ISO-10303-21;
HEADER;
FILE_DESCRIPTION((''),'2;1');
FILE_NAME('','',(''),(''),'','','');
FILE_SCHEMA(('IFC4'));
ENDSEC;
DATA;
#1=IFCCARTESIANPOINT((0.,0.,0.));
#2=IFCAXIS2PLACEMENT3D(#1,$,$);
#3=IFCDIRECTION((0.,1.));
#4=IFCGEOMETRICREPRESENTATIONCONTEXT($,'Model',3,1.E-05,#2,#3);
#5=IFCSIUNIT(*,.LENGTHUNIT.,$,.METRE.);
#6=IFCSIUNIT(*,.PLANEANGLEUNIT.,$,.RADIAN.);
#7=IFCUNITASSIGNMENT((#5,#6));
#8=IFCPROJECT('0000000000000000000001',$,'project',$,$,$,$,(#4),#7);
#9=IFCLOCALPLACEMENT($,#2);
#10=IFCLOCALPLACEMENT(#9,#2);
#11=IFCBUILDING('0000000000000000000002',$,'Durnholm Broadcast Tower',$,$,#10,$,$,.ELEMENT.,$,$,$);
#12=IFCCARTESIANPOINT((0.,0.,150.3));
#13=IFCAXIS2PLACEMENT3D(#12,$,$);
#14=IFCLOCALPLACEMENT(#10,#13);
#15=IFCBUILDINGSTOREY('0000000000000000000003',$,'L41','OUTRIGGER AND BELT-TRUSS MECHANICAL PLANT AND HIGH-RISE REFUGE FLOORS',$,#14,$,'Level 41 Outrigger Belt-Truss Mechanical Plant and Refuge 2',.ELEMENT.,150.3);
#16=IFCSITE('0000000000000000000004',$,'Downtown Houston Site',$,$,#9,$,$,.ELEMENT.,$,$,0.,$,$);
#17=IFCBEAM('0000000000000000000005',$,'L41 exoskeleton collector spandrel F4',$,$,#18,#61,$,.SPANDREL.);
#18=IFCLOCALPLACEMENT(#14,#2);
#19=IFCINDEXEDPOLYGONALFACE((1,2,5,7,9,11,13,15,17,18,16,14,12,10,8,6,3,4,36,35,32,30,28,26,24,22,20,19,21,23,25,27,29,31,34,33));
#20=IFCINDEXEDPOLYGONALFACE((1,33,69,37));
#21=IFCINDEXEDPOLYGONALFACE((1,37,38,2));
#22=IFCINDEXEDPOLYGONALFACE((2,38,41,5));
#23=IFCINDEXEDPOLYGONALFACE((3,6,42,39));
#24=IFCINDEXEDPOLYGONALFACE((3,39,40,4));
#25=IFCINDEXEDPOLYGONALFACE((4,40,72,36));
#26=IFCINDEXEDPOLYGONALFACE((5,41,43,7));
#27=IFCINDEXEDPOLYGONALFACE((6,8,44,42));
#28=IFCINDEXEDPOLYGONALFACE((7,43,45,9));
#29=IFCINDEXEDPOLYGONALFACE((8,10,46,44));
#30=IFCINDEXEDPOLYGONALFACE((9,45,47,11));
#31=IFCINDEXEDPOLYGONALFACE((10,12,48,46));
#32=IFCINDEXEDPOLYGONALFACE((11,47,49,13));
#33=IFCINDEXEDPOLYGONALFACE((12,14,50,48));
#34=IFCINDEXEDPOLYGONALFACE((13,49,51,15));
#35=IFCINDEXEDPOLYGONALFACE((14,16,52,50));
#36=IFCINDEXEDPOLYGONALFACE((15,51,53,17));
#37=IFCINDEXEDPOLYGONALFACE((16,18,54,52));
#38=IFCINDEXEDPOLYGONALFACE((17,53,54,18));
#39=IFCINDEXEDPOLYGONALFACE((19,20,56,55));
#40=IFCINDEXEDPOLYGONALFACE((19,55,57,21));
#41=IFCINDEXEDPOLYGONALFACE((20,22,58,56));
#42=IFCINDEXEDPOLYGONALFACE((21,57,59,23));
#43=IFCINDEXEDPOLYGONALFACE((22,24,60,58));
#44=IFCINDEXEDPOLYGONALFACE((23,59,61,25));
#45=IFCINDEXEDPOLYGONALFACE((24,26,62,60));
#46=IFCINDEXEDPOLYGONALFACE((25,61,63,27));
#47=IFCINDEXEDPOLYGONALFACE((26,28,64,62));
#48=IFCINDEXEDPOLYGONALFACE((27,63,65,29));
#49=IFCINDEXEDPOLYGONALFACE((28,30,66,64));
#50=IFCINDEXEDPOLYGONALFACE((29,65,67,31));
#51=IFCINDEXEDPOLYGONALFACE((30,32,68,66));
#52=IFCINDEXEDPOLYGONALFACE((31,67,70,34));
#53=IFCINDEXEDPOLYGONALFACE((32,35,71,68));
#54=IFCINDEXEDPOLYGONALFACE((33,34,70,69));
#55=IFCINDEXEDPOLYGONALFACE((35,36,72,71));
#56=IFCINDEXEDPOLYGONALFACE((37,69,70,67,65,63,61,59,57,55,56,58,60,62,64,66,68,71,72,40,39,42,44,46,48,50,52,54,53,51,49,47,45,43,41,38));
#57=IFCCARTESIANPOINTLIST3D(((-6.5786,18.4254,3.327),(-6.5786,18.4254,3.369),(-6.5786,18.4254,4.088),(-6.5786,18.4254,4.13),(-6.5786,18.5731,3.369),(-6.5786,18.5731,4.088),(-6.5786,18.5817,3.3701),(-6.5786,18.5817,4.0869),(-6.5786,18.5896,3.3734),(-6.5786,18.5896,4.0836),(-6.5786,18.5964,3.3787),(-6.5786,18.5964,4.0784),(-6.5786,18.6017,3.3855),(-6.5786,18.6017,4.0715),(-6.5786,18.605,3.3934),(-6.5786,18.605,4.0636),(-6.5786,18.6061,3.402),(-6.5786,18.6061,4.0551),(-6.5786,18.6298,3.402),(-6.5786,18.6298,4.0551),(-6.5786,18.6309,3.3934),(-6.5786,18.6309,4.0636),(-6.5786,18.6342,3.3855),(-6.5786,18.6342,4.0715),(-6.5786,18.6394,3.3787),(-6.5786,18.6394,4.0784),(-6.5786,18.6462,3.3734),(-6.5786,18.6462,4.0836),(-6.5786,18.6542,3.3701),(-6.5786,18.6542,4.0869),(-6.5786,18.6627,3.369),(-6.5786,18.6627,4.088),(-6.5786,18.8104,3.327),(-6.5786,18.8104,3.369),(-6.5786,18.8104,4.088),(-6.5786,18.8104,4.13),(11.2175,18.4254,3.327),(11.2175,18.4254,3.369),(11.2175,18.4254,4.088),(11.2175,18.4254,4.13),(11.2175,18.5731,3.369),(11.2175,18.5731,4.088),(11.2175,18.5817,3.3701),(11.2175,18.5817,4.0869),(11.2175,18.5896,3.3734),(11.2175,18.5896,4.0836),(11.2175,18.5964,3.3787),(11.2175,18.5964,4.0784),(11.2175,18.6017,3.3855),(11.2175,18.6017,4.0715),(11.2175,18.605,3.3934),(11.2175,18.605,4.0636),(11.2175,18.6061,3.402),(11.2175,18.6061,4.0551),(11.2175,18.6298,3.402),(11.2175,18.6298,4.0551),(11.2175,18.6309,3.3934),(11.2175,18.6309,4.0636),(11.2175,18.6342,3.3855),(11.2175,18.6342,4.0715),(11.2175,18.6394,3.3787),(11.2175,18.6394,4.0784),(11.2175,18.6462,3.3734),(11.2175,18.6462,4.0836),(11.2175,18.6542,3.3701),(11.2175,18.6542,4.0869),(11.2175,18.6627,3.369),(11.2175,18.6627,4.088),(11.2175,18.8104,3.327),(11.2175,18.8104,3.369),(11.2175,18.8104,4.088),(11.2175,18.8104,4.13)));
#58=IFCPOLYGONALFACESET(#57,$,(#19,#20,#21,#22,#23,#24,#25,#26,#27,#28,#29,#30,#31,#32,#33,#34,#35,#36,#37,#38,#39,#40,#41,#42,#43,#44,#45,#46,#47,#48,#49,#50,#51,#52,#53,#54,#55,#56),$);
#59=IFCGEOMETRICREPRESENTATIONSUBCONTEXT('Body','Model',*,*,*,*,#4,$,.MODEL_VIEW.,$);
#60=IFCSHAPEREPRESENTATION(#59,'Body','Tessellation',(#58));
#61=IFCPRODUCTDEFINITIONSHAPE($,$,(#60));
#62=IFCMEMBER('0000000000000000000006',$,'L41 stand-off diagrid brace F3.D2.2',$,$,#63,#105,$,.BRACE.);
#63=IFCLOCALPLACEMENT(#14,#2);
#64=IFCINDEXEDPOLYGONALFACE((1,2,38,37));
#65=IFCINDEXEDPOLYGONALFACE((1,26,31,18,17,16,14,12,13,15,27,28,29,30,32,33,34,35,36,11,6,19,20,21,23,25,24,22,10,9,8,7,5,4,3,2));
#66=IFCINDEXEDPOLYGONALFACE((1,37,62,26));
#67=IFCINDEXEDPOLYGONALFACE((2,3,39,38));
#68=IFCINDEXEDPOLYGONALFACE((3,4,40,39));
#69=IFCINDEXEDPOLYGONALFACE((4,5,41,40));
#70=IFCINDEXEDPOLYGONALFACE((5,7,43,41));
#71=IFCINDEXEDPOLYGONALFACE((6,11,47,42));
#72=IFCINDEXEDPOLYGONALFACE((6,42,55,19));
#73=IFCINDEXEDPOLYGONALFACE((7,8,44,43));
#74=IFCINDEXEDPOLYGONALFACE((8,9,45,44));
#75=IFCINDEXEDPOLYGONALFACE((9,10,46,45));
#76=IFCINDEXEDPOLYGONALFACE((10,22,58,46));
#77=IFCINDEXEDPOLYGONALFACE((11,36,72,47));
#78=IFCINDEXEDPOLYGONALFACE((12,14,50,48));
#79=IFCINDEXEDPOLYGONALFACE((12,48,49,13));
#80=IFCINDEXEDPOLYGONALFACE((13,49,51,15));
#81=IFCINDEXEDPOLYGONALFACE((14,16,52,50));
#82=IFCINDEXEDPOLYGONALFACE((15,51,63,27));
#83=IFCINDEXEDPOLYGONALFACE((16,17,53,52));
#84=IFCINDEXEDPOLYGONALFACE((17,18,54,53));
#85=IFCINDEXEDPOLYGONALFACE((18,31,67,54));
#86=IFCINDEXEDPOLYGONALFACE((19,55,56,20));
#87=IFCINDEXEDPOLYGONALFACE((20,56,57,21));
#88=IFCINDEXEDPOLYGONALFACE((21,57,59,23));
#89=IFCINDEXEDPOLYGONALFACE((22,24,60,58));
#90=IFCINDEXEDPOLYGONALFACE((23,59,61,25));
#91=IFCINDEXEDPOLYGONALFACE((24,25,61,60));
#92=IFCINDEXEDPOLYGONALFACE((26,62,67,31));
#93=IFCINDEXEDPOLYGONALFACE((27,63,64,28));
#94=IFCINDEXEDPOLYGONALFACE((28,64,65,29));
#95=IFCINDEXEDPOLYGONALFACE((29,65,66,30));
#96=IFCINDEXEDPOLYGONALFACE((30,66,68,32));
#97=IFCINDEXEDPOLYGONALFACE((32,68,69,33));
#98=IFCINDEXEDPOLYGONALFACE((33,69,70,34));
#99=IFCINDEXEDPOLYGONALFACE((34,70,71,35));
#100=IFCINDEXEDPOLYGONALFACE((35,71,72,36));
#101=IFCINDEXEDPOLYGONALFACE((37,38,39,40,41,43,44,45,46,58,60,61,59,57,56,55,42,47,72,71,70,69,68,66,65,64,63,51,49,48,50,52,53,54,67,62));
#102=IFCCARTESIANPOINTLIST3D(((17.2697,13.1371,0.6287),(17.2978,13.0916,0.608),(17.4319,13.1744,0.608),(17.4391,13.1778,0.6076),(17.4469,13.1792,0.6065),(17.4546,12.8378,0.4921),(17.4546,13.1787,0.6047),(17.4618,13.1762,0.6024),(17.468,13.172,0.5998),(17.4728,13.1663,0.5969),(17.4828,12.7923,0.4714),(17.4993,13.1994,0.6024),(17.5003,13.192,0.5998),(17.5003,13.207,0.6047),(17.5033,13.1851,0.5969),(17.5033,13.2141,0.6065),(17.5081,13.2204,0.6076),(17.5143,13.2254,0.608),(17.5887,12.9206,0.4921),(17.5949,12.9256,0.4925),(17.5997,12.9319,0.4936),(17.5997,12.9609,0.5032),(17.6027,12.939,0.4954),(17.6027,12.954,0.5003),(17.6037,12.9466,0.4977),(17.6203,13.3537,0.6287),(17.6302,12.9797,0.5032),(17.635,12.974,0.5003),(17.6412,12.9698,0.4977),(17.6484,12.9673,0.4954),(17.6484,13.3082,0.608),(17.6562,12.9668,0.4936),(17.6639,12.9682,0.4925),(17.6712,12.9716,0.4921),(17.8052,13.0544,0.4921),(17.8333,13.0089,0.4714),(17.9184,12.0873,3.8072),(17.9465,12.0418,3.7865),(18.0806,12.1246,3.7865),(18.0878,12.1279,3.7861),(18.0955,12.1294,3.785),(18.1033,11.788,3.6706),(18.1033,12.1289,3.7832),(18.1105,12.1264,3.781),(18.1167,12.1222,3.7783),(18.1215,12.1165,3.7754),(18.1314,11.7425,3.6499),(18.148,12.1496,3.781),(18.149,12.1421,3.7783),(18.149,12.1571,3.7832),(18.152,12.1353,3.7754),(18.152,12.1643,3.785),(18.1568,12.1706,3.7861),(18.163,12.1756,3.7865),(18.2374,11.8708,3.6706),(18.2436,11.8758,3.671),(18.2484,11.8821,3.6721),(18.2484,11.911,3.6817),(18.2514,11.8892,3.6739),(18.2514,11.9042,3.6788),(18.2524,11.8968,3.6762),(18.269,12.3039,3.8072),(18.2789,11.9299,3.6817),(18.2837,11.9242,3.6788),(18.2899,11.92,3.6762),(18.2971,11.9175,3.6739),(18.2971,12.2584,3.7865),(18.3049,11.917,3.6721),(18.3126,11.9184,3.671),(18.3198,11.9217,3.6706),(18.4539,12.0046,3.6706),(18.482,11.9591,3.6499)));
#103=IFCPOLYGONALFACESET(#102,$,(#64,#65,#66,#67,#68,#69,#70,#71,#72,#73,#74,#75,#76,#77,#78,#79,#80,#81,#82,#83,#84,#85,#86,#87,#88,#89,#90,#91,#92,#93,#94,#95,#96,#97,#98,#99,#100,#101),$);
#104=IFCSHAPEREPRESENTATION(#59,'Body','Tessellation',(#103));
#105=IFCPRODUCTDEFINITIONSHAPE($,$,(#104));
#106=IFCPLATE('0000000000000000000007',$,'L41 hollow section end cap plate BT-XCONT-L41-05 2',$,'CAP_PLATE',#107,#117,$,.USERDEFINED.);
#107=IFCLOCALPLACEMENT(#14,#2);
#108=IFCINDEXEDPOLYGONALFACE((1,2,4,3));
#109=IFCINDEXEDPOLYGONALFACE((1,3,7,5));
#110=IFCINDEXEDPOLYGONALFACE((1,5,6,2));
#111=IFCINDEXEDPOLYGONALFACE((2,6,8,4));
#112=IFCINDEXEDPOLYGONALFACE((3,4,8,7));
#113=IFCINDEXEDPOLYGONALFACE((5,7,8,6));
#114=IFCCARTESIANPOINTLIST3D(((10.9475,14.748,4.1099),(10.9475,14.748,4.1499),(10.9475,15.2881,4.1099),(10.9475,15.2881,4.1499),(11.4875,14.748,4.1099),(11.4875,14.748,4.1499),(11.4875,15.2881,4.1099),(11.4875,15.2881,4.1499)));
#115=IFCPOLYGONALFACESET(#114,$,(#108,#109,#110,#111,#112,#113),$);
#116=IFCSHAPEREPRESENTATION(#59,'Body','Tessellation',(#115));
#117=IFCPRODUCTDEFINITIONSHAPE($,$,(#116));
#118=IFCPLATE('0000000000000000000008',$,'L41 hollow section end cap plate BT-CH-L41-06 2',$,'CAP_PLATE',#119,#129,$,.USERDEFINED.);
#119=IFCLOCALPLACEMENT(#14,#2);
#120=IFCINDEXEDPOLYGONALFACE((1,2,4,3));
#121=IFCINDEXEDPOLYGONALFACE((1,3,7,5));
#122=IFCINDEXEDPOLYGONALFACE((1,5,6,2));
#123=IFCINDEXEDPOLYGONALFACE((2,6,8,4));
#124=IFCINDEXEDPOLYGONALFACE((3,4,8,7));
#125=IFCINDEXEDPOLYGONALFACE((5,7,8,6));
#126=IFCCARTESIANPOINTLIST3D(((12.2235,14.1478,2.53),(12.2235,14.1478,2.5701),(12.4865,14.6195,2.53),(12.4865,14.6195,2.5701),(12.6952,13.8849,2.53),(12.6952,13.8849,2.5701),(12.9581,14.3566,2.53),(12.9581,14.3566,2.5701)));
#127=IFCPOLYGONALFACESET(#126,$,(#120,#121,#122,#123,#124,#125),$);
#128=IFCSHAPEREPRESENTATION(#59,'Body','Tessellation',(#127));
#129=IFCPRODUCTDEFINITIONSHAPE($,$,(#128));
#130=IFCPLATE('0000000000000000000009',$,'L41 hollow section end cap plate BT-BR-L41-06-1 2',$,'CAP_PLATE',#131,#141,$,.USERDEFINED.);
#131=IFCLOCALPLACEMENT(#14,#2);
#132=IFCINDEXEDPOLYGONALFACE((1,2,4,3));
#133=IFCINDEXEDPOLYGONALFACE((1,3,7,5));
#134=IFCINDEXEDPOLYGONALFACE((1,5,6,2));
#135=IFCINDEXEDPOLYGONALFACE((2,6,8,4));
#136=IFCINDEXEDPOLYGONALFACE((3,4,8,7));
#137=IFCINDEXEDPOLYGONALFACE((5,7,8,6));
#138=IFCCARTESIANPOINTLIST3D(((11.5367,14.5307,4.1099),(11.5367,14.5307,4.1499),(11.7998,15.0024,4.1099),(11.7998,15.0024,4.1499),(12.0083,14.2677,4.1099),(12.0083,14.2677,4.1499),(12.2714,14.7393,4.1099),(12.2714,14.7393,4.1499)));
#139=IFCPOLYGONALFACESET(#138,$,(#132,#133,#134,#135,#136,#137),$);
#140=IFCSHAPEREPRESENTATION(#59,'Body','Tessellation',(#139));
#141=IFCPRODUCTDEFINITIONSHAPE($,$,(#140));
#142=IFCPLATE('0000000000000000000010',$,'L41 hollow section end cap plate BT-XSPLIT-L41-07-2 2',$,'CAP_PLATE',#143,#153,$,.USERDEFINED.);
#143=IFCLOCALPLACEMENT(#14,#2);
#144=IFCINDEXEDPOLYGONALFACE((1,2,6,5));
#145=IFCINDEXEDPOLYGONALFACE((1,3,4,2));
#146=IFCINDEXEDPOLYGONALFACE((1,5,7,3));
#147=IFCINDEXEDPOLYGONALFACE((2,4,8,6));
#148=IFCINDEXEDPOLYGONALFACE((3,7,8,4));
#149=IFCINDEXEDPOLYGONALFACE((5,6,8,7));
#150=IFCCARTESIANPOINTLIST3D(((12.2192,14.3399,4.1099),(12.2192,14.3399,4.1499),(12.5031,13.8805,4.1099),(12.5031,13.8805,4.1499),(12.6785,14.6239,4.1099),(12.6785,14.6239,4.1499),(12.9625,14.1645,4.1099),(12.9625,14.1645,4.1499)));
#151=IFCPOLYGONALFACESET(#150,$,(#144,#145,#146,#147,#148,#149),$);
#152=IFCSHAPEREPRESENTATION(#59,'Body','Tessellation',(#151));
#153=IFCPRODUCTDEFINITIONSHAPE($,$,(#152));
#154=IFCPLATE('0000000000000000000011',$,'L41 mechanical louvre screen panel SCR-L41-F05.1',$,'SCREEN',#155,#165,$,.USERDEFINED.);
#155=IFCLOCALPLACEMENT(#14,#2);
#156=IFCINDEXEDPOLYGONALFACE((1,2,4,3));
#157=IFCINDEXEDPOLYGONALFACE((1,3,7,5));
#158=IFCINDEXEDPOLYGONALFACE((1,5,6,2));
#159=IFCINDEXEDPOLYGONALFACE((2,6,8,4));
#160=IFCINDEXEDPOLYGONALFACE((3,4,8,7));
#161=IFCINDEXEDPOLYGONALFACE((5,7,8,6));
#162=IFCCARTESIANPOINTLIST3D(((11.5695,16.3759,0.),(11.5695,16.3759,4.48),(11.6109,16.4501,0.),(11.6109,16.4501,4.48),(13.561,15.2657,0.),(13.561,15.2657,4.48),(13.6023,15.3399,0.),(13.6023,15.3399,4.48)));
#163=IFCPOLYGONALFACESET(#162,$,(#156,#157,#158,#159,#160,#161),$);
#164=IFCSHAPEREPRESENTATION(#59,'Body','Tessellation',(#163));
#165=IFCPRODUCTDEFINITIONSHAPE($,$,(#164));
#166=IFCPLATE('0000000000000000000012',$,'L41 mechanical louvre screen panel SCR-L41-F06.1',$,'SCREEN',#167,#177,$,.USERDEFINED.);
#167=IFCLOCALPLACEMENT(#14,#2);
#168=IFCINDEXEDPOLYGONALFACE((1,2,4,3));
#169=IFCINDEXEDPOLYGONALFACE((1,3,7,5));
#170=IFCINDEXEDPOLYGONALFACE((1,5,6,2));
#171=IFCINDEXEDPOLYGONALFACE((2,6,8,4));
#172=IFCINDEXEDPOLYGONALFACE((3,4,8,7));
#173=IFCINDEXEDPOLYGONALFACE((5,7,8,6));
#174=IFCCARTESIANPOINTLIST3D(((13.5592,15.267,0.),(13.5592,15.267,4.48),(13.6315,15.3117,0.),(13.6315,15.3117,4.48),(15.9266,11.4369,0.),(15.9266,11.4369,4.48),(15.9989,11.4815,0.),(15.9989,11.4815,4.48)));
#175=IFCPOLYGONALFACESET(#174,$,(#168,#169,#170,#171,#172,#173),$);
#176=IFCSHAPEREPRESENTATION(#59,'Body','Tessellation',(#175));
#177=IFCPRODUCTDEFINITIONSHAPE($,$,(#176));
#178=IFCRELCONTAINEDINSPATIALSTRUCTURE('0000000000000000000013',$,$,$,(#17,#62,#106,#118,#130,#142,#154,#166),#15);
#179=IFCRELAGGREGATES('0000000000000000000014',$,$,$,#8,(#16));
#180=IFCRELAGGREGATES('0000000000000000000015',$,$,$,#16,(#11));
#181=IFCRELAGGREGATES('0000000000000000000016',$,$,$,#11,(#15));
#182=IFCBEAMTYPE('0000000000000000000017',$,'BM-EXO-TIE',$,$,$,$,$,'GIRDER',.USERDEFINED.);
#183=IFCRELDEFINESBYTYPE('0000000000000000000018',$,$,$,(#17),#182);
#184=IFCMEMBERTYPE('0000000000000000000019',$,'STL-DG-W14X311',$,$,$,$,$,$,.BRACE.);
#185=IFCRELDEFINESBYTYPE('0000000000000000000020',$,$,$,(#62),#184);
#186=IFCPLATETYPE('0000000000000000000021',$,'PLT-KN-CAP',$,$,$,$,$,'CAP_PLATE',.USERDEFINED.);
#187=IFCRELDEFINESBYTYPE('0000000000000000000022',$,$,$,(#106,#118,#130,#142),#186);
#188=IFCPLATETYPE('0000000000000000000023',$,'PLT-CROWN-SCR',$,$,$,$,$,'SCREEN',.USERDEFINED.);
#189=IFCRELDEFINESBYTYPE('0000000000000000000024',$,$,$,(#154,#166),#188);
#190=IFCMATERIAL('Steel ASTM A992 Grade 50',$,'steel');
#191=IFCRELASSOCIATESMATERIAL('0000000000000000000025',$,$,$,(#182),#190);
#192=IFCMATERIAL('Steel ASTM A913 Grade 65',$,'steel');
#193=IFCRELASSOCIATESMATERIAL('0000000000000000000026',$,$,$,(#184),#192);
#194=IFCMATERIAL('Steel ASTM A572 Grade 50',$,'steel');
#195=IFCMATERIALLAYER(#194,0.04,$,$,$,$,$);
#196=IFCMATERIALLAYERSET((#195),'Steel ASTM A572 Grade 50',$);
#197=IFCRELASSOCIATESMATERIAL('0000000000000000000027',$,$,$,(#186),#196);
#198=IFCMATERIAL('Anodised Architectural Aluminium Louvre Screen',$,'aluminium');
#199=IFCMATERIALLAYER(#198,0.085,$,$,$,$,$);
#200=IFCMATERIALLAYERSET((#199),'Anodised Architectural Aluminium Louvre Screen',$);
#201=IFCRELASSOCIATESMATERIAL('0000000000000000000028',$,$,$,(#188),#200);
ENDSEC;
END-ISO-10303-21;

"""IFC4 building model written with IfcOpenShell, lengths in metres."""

from ifc_helpers import new_model, si_unit, direction, frame, origin, origin_2d, place, context, subcontext, project, spatial, rectangle, i_section, extrude, source, transform, mapped, material, layer, layer_set, material_profile, profile_set, type_object, type_shapes, element, save


model = new_model("IFC4")

# Units and contexts
model_context = context("Model", 3, precision=1e-05, world=origin(), true_north=direction((0.0, 1.0)))
body_context = subcontext(model_context, "Body", "Model", "MODEL_VIEW")
ifc_project = project(units=[si_unit("LENGTHUNIT", "METRE"), si_unit("PLANEANGLEUNIT", "RADIAN")], contexts=[model_context])

# Site, building, storey
site_placement = place(None, origin())
site = spatial("IfcSite", under=ifc_project, at=site_placement, Name="Downtown Houston Site", CompositionType="ELEMENT", RefElevation=0.0)
building_placement = place(site_placement, origin())
building = spatial("IfcBuilding", under=site, at=building_placement, Name="Durnholm Broadcast Tower", CompositionType="ELEMENT")
storey_placement = place(building_placement, frame((0.0, 0.0, 150.3)))
storey = spatial("IfcBuildingStorey", under=building, at=storey_placement, Name="L41", Description="OUTRIGGER AND BELT-TRUSS MECHANICAL PLANT AND HIGH-RISE REFUGE FLOORS", LongName="Level 41 Outrigger Belt-Truss Mechanical Plant and Refuge 2", CompositionType="ELEMENT", Elevation=150.3)

# Shared definitions
ifc_material_1 = material(Name="Steel ASTM A992 Grade 50", Category="steel")
ifc_material_profile_1 = material_profile(ifc_material_1, i_section(OverallWidth=0.385, OverallDepth=0.803, WebThickness=0.0237, FlangeThickness=0.042, FilletRadius=0.033, at=origin_2d()), Name="W30X261")
ifc_profile_set_1 = profile_set([ifc_material_profile_1], Name="Steel ASTM A992 Grade 50")
beam_type_1 = type_object("IfcBeamType", Name="BM-EXO-TIE", ElementType="GIRDER", PredefinedType="USERDEFINED", material=ifc_profile_set_1)

# Shared definitions
ifc_material_2 = material(Name="Steel ASTM A913 Grade 65", Category="steel")
ifc_material_profile_2 = material_profile(ifc_material_2, i_section(OverallWidth=0.4121, OverallDepth=0.4348, WebThickness=0.0359, FlangeThickness=0.0574, FilletRadius=0.0305, at=origin_2d()), Name="W14X311")
ifc_profile_set_2 = profile_set([ifc_material_profile_2], Name="Steel ASTM A913 Grade 65")
member_type_1 = type_object("IfcMemberType", Name="STL-DG-W14X311", PredefinedType="BRACE", material=ifc_profile_set_2)

# Beam
shared_shape_1 = source(origin(), body_context, "Body", "SweptSolid", [
    extrude(i_section(OverallWidth=0.385, OverallDepth=0.803, WebThickness=0.0237, FlangeThickness=0.042, FilletRadius=0.033, at=origin_2d()), origin(), (0.0, 0.0, 1.0), 17.7961),
])
for number, where, z_axis, x_axis, name in (
    (1, (11.2175, 18.6179, 3.7285), (-1.0, 0.0, 0.0), (0.0, -1.0, 0.0), "L41 exoskeleton collector spandrel F4"),
):
    element("IfcBeam", number, at=place(storey_placement, frame(where, z_axis=z_axis, x_axis=x_axis)), inside=storey, type_object=beam_type_1, Name=name, PredefinedType="SPANDREL", context=body_context, shape_type="MappedRepresentation", body=[
        mapped(shared_shape_1, transform((0.0, 0.0, 0.0), x_axis=(1.0, 0.0, 0.0), y_axis=(0.0, 1.0, 0.0), z_axis=(0.0, 0.0, 1.0), scale=1.0)),
    ])

# Member
shared_shape_2 = source(origin(), body_context, "Body", "SweptSolid", [
    extrude(i_section(OverallWidth=0.4121, OverallDepth=0.4348, WebThickness=0.0359, FlangeThickness=0.0574, FilletRadius=0.0305, at=origin_2d()), origin(), (0.0, 0.0, 1.0), 3.4097),
])
member_1_placement = place(storey_placement, frame((17.5515, 13.073, 0.55), z_axis=(0.19025, -0.307895, 0.932205), x_axis=(0.850699, 0.525653, 0.0)))
element("IfcMember", 2, at=member_1_placement, inside=storey, type_object=member_type_1, Name="L41 stand-off diagrid brace F3.D2.2", PredefinedType="BRACE", context=body_context, shape_type="MappedRepresentation", body=[
    mapped(shared_shape_2, transform((0.0, 0.0, 0.0), x_axis=(1.0, 0.0, 0.0), y_axis=(0.0, 1.0, 0.0), z_axis=(0.0, 0.0, 1.0), scale=1.0)),
])

# Plates
ifc_material_3 = material(Name="Steel ASTM A572 Grade 50", Category="steel")
ifc_layer_1 = layer(ifc_material_3, 0.04)
ifc_layer_set_1 = layer_set([ifc_layer_1], Name="Steel ASTM A572 Grade 50")
plate_type_1 = type_object("IfcPlateType", Name="PLT-KN-CAP", ElementType="CAP_PLATE", PredefinedType="USERDEFINED", material=ifc_layer_set_1)
shared_shape_3 = source(origin(), body_context, "Body", "SweptSolid", [
    extrude(rectangle(XDim=0.54, YDim=0.54, at=origin_2d()), origin(), (0.0, 0.0, 1.0), 0.04),
])
type_shapes(plate_type_1, [shared_shape_3])
for number, where, z_axis, x_axis, name in (
    (3, (11.2175, 15.0181, 4.1099), (0.0, 0.0, 1.0), (1.0, 0.0, 0.0), "L41 hollow section end cap plate BT-XCONT-L41-05 2"),
    (4, (12.5908, 14.2522, 2.53), (0.0, 0.0, 1.0), (0.873432, -0.486945, 0.0), "L41 hollow section end cap plate BT-CH-L41-06 2"),
    (5, (11.9041, 14.635, 4.1099), (0.0, 0.0, 1.0), (0.873347, -0.487098, 0.0), "L41 hollow section end cap plate BT-BR-L41-06-1 2"),
    (6, (12.5908, 14.2522, 4.1099), (0.0, 0.0, 1.0), (-0.525769, 0.850628, 0.0), "L41 hollow section end cap plate BT-XSPLIT-L41-07-2 2"),
):
    element("IfcPlate", number, at=place(storey_placement, frame(where, z_axis=z_axis, x_axis=x_axis)), inside=storey, type_object=plate_type_1, Name=name, ObjectType="CAP_PLATE", PredefinedType="USERDEFINED", context=body_context, shape_type="MappedRepresentation", body=[
        mapped(shared_shape_3, transform((0.0, 0.0, 0.0), x_axis=(1.0, 0.0, 0.0), y_axis=(0.0, 1.0, 0.0), z_axis=(0.0, 0.0, 1.0), scale=1.0)),
    ])
ifc_material_4 = material(Name="Anodised Architectural Aluminium Louvre Screen", Category="aluminium")
ifc_layer_2 = layer(ifc_material_4, 0.085)
ifc_layer_set_2 = layer_set([ifc_layer_2], Name="Anodised Architectural Aluminium Louvre Screen")
plate_type_2 = type_object("IfcPlateType", Name="PLT-CROWN-SCR", ElementType="SCREEN", PredefinedType="USERDEFINED", material=ifc_layer_set_2)
shared_shape_4 = source(origin(), body_context, "Body", "SweptSolid", [
    extrude(rectangle(XDim=2.28, YDim=0.085, at=origin_2d()), origin(), (0.0, 0.0, 1.0), 4.48),
])
plate_1_placement = place(storey_placement, frame((12.5859, 15.8579, 0.0), z_axis=(0.0, 0.0, 1.0), x_axis=(0.873432, -0.486945, 0.0)))
element("IfcPlate", 7, at=plate_1_placement, inside=storey, type_object=plate_type_2, Name="L41 mechanical louvre screen panel SCR-L41-F05.1", ObjectType="SCREEN", PredefinedType="USERDEFINED", context=body_context, shape_type="MappedRepresentation", body=[
    mapped(shared_shape_4, transform((0.0, 0.0, 0.0), x_axis=(1.0, 0.0, 0.0), y_axis=(0.0, 1.0, 0.0), z_axis=(0.0, 0.0, 1.0), scale=1.0)),
])
shared_shape_5 = source(origin(), body_context, "Body", "SweptSolid", [
    extrude(rectangle(XDim=4.5027, YDim=0.085, at=origin_2d()), origin(), (0.0, 0.0, 1.0), 4.48),
])
type_shapes(plate_type_2, [shared_shape_4, shared_shape_5])
plate_2_placement = place(storey_placement, frame((14.7791, 13.3743, 0.0), z_axis=(0.0, 0.0, 1.0), x_axis=(0.525769, -0.850628, 0.0)))
element("IfcPlate", 8, at=plate_2_placement, inside=storey, type_object=plate_type_2, Name="L41 mechanical louvre screen panel SCR-L41-F06.1", ObjectType="SCREEN", PredefinedType="USERDEFINED", context=body_context, shape_type="MappedRepresentation", body=[
    mapped(shared_shape_5, transform((0.0, 0.0, 0.0), x_axis=(1.0, 0.0, 0.0), y_axis=(0.0, 1.0, 0.0), z_axis=(0.0, 0.0, 1.0), scale=1.0)),
])

save(model, "model.ifc")
